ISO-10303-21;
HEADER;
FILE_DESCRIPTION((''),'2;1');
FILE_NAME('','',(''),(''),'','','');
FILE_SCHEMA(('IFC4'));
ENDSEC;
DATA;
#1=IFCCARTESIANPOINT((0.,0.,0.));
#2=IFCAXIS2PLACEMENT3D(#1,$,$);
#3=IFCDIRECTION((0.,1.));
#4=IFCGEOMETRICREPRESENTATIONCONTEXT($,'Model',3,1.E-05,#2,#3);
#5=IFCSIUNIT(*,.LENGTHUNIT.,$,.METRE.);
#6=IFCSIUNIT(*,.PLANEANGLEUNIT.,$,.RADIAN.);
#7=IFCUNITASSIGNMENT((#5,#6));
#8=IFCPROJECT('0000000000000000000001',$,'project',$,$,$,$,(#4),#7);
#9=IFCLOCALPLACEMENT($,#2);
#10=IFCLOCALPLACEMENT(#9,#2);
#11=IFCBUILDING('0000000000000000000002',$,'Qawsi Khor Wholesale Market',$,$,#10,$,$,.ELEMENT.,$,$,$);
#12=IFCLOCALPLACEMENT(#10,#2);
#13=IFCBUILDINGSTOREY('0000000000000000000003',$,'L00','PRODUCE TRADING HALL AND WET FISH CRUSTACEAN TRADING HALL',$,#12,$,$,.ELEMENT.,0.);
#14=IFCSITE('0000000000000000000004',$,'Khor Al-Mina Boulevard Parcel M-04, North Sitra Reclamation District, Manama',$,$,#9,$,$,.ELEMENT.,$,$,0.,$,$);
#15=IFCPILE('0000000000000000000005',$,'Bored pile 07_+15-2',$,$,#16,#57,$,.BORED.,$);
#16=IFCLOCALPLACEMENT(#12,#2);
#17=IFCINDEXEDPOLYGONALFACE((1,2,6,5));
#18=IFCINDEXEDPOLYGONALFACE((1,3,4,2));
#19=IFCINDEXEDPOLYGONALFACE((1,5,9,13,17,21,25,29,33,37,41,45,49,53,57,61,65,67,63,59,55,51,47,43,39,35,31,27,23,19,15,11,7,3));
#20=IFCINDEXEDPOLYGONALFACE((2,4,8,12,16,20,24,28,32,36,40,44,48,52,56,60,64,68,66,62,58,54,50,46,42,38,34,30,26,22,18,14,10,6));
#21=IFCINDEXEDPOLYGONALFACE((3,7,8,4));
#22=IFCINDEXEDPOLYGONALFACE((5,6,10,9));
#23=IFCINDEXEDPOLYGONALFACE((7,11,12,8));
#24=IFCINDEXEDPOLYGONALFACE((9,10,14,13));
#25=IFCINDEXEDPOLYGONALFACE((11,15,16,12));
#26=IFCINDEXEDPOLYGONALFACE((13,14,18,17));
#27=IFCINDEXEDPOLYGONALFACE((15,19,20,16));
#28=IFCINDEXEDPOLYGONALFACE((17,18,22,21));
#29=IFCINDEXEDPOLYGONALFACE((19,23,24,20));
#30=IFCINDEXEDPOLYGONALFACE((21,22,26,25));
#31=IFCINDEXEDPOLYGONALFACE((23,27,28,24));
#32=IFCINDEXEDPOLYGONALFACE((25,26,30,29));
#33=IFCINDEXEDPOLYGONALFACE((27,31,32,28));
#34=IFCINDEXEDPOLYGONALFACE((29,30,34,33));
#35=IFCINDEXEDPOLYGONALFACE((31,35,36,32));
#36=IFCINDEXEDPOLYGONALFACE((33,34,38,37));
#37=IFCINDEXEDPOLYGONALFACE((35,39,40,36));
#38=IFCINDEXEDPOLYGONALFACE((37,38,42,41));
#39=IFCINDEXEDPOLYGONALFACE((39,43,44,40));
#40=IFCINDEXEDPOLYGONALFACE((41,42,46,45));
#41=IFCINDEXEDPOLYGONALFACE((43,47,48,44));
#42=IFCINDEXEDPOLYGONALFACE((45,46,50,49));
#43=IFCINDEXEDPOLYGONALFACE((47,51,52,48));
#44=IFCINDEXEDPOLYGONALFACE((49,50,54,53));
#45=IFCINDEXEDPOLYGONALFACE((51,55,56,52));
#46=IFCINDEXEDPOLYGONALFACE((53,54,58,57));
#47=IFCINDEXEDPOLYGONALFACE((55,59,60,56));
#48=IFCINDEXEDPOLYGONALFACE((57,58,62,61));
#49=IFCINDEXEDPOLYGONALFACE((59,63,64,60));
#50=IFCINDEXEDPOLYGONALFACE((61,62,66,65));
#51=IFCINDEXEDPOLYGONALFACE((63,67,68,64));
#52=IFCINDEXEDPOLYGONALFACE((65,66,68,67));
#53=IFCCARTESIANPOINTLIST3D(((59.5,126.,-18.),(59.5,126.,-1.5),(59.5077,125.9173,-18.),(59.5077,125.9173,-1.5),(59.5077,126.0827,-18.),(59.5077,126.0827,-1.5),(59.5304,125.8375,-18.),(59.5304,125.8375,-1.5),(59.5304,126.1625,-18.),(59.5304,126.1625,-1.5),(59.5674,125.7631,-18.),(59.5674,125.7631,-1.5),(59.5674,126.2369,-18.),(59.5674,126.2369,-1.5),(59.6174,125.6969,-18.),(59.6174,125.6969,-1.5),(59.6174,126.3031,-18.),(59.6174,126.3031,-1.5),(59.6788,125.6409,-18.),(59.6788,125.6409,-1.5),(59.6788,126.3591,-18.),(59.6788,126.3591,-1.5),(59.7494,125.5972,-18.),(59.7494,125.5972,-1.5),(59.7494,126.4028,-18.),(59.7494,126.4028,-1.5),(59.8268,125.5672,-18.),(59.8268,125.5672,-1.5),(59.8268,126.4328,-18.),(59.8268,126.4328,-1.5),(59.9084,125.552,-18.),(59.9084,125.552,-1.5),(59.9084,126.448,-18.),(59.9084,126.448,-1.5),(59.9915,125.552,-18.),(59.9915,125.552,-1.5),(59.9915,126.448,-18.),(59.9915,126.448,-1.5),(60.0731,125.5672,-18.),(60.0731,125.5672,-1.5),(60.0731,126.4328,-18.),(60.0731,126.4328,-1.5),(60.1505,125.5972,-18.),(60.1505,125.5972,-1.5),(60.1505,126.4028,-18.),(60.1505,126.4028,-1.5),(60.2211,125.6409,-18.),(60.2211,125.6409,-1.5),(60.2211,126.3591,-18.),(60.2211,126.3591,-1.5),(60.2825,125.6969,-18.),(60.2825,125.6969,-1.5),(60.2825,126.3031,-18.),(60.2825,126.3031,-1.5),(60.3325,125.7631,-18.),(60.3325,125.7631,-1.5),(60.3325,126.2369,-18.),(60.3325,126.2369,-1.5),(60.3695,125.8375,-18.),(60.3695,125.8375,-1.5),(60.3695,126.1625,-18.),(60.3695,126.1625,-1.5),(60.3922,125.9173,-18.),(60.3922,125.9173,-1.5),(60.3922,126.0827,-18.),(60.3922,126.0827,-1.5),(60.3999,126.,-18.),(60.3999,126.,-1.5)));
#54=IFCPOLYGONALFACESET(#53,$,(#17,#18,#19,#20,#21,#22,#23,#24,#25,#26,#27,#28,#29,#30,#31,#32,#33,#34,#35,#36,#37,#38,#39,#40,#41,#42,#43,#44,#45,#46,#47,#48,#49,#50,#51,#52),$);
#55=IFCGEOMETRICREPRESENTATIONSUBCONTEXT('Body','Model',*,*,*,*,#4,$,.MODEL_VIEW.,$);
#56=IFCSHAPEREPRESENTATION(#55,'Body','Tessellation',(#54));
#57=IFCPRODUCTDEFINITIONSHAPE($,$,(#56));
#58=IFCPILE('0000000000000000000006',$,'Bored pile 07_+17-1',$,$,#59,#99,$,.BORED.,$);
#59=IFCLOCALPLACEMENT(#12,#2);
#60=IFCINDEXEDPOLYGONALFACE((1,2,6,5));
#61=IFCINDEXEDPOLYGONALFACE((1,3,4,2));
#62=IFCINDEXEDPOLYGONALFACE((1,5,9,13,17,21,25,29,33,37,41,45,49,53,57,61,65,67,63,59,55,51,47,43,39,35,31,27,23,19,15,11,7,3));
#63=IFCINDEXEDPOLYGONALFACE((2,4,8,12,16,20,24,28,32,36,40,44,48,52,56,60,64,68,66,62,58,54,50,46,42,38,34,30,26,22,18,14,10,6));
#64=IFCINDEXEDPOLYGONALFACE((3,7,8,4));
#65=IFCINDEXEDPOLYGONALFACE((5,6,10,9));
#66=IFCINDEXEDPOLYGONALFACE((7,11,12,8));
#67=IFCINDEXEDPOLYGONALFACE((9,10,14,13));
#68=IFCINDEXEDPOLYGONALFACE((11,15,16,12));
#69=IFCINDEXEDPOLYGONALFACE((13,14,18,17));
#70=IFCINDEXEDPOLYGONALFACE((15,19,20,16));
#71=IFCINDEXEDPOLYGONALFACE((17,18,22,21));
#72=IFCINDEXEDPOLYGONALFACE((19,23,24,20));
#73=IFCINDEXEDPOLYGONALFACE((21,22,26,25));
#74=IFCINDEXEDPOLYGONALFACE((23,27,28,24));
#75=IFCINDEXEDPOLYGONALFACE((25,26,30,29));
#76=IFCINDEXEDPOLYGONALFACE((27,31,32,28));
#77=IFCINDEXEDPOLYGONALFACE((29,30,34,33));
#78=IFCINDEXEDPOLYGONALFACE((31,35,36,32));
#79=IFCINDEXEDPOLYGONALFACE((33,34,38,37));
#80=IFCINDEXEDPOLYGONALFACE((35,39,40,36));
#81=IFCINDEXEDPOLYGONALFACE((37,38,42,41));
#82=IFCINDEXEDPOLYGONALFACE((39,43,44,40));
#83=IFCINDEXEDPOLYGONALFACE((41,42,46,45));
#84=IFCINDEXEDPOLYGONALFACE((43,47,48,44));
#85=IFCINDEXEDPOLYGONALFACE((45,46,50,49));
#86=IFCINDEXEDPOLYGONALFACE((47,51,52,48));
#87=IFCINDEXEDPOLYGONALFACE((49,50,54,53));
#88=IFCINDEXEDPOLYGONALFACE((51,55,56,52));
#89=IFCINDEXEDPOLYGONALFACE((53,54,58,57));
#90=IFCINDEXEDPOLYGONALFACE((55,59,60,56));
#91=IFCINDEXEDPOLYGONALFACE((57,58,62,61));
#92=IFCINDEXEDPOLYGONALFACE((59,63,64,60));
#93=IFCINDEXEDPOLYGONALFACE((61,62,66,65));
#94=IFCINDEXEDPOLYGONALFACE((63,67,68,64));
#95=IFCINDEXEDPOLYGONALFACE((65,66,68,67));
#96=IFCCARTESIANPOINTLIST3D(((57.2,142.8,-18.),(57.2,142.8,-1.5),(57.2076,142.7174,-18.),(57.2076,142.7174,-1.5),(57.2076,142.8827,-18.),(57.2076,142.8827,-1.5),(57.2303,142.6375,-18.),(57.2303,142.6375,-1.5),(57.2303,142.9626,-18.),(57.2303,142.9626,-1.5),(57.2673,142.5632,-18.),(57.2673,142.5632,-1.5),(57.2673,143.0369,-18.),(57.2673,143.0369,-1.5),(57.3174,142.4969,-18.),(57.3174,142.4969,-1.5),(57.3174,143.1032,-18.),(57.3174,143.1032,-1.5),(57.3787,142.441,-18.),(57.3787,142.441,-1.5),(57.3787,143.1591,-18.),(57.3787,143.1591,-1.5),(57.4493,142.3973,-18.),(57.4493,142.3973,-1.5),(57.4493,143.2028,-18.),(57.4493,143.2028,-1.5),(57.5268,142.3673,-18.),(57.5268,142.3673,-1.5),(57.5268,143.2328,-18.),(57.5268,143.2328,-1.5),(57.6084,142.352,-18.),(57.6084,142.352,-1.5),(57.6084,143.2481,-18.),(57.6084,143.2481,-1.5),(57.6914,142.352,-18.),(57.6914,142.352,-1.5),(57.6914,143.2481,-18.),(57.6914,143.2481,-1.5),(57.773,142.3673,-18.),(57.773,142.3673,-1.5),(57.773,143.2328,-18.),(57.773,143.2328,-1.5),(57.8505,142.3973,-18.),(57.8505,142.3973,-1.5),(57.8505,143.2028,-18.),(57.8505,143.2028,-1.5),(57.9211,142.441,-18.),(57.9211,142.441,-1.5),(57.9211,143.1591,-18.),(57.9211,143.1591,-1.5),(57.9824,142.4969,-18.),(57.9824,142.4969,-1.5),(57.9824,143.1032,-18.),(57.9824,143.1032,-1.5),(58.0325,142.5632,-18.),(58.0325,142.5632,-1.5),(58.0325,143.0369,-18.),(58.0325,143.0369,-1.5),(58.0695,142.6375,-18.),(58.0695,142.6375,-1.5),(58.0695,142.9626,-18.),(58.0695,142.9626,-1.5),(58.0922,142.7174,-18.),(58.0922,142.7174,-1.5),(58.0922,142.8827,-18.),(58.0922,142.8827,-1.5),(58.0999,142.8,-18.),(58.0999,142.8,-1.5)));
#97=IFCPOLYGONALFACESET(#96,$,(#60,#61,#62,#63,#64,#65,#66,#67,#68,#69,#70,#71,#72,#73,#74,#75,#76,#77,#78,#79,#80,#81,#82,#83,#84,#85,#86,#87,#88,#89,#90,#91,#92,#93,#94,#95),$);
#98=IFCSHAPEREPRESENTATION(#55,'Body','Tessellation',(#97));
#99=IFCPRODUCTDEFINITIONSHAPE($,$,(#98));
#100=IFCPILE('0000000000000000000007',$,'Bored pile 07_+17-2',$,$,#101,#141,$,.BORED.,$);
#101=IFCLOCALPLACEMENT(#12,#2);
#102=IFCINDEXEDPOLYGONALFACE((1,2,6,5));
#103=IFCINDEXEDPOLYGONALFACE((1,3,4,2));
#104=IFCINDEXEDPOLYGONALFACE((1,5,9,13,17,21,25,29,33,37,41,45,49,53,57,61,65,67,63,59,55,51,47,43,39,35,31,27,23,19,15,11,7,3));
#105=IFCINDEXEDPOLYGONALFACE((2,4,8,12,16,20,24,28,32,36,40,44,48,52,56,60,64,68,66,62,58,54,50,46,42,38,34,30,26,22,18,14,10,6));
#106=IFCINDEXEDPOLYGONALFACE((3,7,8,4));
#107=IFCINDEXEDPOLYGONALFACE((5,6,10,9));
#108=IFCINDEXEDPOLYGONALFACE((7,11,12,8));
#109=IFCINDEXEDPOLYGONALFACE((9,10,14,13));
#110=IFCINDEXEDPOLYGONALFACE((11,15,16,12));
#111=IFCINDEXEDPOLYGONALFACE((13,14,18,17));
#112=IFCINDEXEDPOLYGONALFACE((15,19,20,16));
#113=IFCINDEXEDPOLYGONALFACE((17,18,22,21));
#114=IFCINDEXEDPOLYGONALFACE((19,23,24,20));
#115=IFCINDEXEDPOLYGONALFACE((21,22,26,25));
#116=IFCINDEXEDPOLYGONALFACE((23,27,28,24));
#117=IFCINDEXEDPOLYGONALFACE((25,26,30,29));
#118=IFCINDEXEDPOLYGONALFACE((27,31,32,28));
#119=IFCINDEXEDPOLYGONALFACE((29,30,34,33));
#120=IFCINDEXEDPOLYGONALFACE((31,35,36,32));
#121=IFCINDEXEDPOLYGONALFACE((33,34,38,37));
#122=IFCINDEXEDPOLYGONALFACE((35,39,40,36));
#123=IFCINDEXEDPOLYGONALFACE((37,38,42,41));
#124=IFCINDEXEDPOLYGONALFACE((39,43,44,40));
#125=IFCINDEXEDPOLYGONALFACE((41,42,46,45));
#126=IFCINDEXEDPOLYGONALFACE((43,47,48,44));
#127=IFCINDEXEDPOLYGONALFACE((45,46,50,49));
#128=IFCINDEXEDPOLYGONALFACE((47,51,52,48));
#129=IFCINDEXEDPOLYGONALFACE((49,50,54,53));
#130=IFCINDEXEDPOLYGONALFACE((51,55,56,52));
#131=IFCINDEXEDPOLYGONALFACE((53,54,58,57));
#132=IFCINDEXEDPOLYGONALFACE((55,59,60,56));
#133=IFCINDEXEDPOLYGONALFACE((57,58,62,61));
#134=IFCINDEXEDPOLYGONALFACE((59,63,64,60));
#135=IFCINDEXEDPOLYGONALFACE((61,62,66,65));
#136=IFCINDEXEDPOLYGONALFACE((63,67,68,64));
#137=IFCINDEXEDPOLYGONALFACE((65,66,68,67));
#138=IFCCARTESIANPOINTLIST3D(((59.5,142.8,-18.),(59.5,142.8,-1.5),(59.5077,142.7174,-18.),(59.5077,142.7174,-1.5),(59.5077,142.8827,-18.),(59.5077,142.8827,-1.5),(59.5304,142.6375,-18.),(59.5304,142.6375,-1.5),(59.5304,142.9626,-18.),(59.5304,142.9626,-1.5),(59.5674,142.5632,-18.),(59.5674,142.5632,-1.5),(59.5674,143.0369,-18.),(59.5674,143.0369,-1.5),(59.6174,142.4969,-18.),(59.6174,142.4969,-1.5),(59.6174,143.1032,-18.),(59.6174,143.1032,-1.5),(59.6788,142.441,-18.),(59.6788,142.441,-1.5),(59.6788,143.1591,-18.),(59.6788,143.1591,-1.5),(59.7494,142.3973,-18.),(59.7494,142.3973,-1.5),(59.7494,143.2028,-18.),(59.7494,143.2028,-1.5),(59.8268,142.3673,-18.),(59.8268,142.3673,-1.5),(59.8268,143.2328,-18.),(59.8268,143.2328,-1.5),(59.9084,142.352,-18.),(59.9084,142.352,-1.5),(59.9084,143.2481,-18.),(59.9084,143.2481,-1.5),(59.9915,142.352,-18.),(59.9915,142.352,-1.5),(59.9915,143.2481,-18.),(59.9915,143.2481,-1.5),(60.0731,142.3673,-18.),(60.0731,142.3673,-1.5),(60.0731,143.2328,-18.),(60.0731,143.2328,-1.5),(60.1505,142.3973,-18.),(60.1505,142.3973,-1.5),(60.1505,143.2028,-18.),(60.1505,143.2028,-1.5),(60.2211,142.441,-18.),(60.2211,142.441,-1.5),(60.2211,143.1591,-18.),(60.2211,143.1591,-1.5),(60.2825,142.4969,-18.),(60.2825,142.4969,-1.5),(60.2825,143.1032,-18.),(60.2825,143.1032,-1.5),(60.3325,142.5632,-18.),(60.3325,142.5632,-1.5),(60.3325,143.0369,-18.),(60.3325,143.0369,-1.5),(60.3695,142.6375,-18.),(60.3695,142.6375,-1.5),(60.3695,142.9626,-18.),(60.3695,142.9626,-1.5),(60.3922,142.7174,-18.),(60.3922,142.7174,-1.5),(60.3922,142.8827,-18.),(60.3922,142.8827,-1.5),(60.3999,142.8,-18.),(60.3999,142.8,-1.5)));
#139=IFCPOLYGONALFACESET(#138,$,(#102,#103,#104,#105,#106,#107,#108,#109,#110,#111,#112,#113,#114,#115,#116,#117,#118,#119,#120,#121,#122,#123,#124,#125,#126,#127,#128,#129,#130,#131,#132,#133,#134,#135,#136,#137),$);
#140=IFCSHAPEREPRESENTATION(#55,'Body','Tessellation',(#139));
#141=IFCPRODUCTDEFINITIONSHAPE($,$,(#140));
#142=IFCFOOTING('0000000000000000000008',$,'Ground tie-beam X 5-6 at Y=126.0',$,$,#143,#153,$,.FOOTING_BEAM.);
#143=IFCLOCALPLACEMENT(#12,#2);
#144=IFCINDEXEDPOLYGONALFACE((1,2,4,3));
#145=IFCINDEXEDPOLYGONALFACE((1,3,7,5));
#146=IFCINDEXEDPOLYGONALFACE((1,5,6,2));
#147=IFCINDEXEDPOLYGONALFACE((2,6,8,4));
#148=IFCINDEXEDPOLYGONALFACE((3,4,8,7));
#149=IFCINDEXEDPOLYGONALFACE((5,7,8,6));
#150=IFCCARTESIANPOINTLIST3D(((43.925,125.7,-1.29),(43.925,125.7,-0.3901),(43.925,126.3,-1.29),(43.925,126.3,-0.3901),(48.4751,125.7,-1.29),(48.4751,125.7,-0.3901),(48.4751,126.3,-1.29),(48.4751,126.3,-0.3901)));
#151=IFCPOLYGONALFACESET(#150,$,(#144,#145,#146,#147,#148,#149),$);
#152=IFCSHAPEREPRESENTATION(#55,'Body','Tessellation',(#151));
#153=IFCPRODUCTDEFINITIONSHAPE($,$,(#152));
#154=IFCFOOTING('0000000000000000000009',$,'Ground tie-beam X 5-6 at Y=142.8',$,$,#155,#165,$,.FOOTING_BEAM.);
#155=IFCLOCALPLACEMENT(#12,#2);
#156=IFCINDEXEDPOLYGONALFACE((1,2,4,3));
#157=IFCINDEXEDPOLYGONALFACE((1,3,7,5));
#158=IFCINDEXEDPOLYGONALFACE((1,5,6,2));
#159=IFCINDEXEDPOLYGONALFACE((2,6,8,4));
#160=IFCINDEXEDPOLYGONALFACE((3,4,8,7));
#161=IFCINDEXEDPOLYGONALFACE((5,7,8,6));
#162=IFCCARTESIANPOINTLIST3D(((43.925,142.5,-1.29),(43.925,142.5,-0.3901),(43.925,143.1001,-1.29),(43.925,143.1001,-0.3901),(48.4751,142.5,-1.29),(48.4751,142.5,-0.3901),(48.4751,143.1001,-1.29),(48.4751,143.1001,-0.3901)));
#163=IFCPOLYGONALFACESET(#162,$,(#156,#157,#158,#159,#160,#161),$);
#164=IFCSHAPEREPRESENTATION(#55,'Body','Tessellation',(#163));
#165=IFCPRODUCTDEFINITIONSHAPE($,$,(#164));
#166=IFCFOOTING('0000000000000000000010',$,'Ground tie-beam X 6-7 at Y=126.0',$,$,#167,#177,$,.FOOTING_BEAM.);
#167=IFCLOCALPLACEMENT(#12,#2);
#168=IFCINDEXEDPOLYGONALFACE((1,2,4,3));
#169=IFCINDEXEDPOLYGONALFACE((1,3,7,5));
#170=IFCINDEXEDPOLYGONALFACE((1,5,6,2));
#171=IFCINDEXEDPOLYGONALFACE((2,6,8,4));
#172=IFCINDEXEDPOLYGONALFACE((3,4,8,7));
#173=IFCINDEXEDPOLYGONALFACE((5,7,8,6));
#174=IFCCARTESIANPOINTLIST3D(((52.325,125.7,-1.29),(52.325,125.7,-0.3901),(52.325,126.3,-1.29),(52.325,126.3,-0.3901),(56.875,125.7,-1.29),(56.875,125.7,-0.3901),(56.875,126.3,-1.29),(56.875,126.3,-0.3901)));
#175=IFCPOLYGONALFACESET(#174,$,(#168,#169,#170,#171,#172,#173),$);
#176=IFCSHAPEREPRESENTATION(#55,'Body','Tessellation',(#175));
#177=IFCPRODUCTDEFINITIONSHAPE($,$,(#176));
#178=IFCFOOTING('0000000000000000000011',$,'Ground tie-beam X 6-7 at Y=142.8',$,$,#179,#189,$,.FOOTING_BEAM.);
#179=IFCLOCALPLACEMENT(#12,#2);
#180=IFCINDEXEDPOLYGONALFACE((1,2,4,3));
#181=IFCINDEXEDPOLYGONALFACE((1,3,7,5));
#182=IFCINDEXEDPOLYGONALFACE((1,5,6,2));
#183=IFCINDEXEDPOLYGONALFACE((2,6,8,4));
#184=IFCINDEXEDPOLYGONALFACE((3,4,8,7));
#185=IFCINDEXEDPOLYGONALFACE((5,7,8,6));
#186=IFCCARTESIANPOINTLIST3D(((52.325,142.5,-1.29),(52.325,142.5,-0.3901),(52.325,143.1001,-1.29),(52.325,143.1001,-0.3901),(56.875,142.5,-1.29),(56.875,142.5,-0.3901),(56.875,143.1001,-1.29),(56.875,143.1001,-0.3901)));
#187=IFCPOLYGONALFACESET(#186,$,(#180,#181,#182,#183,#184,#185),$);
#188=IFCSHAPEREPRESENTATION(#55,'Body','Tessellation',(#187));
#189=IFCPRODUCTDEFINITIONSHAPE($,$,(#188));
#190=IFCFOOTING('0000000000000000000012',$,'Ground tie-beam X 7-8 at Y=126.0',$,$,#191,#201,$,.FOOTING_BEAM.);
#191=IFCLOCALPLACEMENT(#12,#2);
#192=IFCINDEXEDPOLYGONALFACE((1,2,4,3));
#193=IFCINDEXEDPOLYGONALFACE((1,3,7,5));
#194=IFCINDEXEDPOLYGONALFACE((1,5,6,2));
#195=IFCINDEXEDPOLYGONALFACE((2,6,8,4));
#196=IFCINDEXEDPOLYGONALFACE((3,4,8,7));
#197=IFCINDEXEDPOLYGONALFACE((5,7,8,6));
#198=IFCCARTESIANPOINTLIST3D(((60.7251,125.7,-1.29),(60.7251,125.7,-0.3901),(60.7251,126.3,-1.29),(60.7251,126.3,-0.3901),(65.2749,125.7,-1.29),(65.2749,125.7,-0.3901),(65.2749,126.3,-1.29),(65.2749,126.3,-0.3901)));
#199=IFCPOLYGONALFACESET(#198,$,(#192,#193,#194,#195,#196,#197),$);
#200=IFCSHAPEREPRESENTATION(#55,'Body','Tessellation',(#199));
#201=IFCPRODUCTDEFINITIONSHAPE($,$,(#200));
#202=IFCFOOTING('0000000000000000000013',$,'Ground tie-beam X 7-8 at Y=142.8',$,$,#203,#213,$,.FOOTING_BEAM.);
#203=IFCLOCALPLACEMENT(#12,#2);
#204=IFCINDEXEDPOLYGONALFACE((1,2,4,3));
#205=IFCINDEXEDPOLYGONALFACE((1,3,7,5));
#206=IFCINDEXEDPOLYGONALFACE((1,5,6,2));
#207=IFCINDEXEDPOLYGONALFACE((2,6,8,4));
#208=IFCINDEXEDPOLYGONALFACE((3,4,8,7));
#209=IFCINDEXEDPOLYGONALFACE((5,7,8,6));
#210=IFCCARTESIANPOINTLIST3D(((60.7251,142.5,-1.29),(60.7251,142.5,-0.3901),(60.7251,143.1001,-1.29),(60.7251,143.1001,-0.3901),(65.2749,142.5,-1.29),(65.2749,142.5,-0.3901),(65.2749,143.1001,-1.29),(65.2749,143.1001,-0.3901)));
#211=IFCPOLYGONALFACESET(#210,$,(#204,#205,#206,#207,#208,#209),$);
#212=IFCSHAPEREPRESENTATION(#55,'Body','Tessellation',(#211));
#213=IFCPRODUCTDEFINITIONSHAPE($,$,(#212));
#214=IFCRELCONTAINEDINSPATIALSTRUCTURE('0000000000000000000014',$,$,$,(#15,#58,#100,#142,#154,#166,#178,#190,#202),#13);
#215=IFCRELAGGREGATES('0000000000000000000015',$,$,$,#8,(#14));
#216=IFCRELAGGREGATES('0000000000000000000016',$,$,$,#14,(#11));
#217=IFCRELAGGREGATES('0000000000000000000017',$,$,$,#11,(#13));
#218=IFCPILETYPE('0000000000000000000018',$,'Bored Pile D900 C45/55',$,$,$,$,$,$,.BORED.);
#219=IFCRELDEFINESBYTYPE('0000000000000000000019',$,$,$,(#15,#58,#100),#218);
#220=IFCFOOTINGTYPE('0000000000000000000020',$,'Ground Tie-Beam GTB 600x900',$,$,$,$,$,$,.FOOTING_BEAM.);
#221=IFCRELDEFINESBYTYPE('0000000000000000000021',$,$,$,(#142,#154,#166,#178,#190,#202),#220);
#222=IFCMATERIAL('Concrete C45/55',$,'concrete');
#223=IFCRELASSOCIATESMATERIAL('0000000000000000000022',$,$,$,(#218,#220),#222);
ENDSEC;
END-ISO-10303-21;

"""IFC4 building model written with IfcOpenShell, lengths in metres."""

from ifc_helpers import new_model, si_unit, direction, frame, origin, origin_2d, place, context, subcontext, project, spatial, rectangle, circle, extrude, material, material_profile, profile_set, type_object, element, save


model = new_model("IFC4")

# Units and contexts
model_context = context("Model", 3, precision=1e-05, world=origin(), true_north=direction((0.0, 1.0)))
body_context = subcontext(model_context, "Body", "Model", "MODEL_VIEW")
ifc_project = project(units=[si_unit("LENGTHUNIT", "METRE"), si_unit("PLANEANGLEUNIT", "RADIAN")], contexts=[model_context])

# Site, building, storey
site_placement = place(None, origin())
site = spatial("IfcSite", under=ifc_project, at=site_placement, Name="Khor Al-Mina Boulevard Parcel M-04, North Sitra Reclamation District, Manama", CompositionType="ELEMENT", RefElevation=0.0)
building_placement = place(site_placement, origin())
building = spatial("IfcBuilding", under=site, at=building_placement, Name="Qawsi Khor Wholesale Market", CompositionType="ELEMENT")
storey_placement = place(building_placement, origin())
storey = spatial("IfcBuildingStorey", under=building, at=storey_placement, Name="L00", Description="PRODUCE TRADING HALL AND WET FISH CRUSTACEAN TRADING HALL", CompositionType="ELEMENT", Elevation=0.0)

# Piles
ifc_material_1 = material(Name="Concrete C45/55", Category="concrete")
ifc_material_profile_1 = material_profile(ifc_material_1, circle(Radius=0.45, at=origin_2d()), Name="PILE D900")
ifc_profile_set_1 = profile_set([ifc_material_profile_1], Name="Concrete C45/55")
pile_type = type_object("IfcPileType", Name="Bored Pile D900 C45/55", PredefinedType="BORED", material=ifc_profile_set_1)
for number, where, z_axis, x_axis, name in (
    (1, (59.95, 126.0, -1.5), (0.0, 0.0, -1.0), (1.0, 0.0, 0.0), "Bored pile 07_+15-2"),
    (2, (57.6499, 142.8, -1.5), (0.0, 0.0, -1.0), (1.0, 0.0, 0.0), "Bored pile 07_+17-1"),
    (3, (59.95, 142.8, -1.5), (0.0, 0.0, -1.0), (1.0, 0.0, 0.0), "Bored pile 07_+17-2"),
):
    element("IfcPile", number, at=place(storey_placement, frame(where, z_axis=z_axis, x_axis=x_axis)), inside=storey, type_object=pile_type, Name=name, PredefinedType="BORED", context=body_context, shape_type="SweptSolid", body=[
        extrude(circle(Radius=0.45, at=origin_2d()), origin(), (0.0, 0.0, 1.0), 16.5),
    ])

# Footings
ifc_material_profile_2 = material_profile(ifc_material_1, rectangle(XDim=0.6001, YDim=0.8999, at=origin_2d()), Name="RC 600x900")
ifc_profile_set_2 = profile_set([ifc_material_profile_2], Name="Concrete C45/55")
footing_type_1 = type_object("IfcFootingType", Name="Ground Tie-Beam GTB 600x900", PredefinedType="FOOTING_BEAM", material=ifc_profile_set_2)
for number, where, z_axis, x_axis, name in (
    (4, (43.925, 126.0, -0.8401), (1.0, 0.0, 0.0), (0.0, 1.0, 0.0), "Ground tie-beam X 5-6 at Y=126.0"),
    (5, (43.925, 142.8, -0.8401), (1.0, 0.0, 0.0), (0.0, 1.0, 0.0), "Ground tie-beam X 5-6 at Y=142.8"),
    (6, (52.325, 126.0, -0.8401), (1.0, 0.0, 0.0), (0.0, 1.0, 0.0), "Ground tie-beam X 6-7 at Y=126.0"),
    (7, (52.325, 142.8, -0.8401), (1.0, 0.0, 0.0), (0.0, 1.0, 0.0), "Ground tie-beam X 6-7 at Y=142.8"),
):
    element("IfcFooting", number, at=place(storey_placement, frame(where, z_axis=z_axis, x_axis=x_axis)), inside=storey, type_object=footing_type_1, Name=name, PredefinedType="FOOTING_BEAM", context=body_context, shape_type="SweptSolid", body=[
        extrude(rectangle(XDim=0.6001, YDim=0.8999, at=origin_2d()), origin(), (0.0, 0.0, 1.0), 4.55),
    ])
for number, where, z_axis, x_axis, name in (
    (8, (60.7251, 126.0, -0.8401), (1.0, 0.0, 0.0), (0.0, 1.0, 0.0), "Ground tie-beam X 7-8 at Y=126.0"),
    (9, (60.7251, 142.8, -0.8401), (1.0, 0.0, 0.0), (0.0, 1.0, 0.0), "Ground tie-beam X 7-8 at Y=142.8"),
):
    element("IfcFooting", number, at=place(storey_placement, frame(where, z_axis=z_axis, x_axis=x_axis)), inside=storey, type_object=footing_type_1, Name=name, PredefinedType="FOOTING_BEAM", context=body_context, shape_type="SweptSolid", body=[
        extrude(rectangle(XDim=0.6001, YDim=0.8999, at=origin_2d()), origin(), (0.0, 0.0, 1.0), 4.5498),
    ])

save(model, "model.ifc")
